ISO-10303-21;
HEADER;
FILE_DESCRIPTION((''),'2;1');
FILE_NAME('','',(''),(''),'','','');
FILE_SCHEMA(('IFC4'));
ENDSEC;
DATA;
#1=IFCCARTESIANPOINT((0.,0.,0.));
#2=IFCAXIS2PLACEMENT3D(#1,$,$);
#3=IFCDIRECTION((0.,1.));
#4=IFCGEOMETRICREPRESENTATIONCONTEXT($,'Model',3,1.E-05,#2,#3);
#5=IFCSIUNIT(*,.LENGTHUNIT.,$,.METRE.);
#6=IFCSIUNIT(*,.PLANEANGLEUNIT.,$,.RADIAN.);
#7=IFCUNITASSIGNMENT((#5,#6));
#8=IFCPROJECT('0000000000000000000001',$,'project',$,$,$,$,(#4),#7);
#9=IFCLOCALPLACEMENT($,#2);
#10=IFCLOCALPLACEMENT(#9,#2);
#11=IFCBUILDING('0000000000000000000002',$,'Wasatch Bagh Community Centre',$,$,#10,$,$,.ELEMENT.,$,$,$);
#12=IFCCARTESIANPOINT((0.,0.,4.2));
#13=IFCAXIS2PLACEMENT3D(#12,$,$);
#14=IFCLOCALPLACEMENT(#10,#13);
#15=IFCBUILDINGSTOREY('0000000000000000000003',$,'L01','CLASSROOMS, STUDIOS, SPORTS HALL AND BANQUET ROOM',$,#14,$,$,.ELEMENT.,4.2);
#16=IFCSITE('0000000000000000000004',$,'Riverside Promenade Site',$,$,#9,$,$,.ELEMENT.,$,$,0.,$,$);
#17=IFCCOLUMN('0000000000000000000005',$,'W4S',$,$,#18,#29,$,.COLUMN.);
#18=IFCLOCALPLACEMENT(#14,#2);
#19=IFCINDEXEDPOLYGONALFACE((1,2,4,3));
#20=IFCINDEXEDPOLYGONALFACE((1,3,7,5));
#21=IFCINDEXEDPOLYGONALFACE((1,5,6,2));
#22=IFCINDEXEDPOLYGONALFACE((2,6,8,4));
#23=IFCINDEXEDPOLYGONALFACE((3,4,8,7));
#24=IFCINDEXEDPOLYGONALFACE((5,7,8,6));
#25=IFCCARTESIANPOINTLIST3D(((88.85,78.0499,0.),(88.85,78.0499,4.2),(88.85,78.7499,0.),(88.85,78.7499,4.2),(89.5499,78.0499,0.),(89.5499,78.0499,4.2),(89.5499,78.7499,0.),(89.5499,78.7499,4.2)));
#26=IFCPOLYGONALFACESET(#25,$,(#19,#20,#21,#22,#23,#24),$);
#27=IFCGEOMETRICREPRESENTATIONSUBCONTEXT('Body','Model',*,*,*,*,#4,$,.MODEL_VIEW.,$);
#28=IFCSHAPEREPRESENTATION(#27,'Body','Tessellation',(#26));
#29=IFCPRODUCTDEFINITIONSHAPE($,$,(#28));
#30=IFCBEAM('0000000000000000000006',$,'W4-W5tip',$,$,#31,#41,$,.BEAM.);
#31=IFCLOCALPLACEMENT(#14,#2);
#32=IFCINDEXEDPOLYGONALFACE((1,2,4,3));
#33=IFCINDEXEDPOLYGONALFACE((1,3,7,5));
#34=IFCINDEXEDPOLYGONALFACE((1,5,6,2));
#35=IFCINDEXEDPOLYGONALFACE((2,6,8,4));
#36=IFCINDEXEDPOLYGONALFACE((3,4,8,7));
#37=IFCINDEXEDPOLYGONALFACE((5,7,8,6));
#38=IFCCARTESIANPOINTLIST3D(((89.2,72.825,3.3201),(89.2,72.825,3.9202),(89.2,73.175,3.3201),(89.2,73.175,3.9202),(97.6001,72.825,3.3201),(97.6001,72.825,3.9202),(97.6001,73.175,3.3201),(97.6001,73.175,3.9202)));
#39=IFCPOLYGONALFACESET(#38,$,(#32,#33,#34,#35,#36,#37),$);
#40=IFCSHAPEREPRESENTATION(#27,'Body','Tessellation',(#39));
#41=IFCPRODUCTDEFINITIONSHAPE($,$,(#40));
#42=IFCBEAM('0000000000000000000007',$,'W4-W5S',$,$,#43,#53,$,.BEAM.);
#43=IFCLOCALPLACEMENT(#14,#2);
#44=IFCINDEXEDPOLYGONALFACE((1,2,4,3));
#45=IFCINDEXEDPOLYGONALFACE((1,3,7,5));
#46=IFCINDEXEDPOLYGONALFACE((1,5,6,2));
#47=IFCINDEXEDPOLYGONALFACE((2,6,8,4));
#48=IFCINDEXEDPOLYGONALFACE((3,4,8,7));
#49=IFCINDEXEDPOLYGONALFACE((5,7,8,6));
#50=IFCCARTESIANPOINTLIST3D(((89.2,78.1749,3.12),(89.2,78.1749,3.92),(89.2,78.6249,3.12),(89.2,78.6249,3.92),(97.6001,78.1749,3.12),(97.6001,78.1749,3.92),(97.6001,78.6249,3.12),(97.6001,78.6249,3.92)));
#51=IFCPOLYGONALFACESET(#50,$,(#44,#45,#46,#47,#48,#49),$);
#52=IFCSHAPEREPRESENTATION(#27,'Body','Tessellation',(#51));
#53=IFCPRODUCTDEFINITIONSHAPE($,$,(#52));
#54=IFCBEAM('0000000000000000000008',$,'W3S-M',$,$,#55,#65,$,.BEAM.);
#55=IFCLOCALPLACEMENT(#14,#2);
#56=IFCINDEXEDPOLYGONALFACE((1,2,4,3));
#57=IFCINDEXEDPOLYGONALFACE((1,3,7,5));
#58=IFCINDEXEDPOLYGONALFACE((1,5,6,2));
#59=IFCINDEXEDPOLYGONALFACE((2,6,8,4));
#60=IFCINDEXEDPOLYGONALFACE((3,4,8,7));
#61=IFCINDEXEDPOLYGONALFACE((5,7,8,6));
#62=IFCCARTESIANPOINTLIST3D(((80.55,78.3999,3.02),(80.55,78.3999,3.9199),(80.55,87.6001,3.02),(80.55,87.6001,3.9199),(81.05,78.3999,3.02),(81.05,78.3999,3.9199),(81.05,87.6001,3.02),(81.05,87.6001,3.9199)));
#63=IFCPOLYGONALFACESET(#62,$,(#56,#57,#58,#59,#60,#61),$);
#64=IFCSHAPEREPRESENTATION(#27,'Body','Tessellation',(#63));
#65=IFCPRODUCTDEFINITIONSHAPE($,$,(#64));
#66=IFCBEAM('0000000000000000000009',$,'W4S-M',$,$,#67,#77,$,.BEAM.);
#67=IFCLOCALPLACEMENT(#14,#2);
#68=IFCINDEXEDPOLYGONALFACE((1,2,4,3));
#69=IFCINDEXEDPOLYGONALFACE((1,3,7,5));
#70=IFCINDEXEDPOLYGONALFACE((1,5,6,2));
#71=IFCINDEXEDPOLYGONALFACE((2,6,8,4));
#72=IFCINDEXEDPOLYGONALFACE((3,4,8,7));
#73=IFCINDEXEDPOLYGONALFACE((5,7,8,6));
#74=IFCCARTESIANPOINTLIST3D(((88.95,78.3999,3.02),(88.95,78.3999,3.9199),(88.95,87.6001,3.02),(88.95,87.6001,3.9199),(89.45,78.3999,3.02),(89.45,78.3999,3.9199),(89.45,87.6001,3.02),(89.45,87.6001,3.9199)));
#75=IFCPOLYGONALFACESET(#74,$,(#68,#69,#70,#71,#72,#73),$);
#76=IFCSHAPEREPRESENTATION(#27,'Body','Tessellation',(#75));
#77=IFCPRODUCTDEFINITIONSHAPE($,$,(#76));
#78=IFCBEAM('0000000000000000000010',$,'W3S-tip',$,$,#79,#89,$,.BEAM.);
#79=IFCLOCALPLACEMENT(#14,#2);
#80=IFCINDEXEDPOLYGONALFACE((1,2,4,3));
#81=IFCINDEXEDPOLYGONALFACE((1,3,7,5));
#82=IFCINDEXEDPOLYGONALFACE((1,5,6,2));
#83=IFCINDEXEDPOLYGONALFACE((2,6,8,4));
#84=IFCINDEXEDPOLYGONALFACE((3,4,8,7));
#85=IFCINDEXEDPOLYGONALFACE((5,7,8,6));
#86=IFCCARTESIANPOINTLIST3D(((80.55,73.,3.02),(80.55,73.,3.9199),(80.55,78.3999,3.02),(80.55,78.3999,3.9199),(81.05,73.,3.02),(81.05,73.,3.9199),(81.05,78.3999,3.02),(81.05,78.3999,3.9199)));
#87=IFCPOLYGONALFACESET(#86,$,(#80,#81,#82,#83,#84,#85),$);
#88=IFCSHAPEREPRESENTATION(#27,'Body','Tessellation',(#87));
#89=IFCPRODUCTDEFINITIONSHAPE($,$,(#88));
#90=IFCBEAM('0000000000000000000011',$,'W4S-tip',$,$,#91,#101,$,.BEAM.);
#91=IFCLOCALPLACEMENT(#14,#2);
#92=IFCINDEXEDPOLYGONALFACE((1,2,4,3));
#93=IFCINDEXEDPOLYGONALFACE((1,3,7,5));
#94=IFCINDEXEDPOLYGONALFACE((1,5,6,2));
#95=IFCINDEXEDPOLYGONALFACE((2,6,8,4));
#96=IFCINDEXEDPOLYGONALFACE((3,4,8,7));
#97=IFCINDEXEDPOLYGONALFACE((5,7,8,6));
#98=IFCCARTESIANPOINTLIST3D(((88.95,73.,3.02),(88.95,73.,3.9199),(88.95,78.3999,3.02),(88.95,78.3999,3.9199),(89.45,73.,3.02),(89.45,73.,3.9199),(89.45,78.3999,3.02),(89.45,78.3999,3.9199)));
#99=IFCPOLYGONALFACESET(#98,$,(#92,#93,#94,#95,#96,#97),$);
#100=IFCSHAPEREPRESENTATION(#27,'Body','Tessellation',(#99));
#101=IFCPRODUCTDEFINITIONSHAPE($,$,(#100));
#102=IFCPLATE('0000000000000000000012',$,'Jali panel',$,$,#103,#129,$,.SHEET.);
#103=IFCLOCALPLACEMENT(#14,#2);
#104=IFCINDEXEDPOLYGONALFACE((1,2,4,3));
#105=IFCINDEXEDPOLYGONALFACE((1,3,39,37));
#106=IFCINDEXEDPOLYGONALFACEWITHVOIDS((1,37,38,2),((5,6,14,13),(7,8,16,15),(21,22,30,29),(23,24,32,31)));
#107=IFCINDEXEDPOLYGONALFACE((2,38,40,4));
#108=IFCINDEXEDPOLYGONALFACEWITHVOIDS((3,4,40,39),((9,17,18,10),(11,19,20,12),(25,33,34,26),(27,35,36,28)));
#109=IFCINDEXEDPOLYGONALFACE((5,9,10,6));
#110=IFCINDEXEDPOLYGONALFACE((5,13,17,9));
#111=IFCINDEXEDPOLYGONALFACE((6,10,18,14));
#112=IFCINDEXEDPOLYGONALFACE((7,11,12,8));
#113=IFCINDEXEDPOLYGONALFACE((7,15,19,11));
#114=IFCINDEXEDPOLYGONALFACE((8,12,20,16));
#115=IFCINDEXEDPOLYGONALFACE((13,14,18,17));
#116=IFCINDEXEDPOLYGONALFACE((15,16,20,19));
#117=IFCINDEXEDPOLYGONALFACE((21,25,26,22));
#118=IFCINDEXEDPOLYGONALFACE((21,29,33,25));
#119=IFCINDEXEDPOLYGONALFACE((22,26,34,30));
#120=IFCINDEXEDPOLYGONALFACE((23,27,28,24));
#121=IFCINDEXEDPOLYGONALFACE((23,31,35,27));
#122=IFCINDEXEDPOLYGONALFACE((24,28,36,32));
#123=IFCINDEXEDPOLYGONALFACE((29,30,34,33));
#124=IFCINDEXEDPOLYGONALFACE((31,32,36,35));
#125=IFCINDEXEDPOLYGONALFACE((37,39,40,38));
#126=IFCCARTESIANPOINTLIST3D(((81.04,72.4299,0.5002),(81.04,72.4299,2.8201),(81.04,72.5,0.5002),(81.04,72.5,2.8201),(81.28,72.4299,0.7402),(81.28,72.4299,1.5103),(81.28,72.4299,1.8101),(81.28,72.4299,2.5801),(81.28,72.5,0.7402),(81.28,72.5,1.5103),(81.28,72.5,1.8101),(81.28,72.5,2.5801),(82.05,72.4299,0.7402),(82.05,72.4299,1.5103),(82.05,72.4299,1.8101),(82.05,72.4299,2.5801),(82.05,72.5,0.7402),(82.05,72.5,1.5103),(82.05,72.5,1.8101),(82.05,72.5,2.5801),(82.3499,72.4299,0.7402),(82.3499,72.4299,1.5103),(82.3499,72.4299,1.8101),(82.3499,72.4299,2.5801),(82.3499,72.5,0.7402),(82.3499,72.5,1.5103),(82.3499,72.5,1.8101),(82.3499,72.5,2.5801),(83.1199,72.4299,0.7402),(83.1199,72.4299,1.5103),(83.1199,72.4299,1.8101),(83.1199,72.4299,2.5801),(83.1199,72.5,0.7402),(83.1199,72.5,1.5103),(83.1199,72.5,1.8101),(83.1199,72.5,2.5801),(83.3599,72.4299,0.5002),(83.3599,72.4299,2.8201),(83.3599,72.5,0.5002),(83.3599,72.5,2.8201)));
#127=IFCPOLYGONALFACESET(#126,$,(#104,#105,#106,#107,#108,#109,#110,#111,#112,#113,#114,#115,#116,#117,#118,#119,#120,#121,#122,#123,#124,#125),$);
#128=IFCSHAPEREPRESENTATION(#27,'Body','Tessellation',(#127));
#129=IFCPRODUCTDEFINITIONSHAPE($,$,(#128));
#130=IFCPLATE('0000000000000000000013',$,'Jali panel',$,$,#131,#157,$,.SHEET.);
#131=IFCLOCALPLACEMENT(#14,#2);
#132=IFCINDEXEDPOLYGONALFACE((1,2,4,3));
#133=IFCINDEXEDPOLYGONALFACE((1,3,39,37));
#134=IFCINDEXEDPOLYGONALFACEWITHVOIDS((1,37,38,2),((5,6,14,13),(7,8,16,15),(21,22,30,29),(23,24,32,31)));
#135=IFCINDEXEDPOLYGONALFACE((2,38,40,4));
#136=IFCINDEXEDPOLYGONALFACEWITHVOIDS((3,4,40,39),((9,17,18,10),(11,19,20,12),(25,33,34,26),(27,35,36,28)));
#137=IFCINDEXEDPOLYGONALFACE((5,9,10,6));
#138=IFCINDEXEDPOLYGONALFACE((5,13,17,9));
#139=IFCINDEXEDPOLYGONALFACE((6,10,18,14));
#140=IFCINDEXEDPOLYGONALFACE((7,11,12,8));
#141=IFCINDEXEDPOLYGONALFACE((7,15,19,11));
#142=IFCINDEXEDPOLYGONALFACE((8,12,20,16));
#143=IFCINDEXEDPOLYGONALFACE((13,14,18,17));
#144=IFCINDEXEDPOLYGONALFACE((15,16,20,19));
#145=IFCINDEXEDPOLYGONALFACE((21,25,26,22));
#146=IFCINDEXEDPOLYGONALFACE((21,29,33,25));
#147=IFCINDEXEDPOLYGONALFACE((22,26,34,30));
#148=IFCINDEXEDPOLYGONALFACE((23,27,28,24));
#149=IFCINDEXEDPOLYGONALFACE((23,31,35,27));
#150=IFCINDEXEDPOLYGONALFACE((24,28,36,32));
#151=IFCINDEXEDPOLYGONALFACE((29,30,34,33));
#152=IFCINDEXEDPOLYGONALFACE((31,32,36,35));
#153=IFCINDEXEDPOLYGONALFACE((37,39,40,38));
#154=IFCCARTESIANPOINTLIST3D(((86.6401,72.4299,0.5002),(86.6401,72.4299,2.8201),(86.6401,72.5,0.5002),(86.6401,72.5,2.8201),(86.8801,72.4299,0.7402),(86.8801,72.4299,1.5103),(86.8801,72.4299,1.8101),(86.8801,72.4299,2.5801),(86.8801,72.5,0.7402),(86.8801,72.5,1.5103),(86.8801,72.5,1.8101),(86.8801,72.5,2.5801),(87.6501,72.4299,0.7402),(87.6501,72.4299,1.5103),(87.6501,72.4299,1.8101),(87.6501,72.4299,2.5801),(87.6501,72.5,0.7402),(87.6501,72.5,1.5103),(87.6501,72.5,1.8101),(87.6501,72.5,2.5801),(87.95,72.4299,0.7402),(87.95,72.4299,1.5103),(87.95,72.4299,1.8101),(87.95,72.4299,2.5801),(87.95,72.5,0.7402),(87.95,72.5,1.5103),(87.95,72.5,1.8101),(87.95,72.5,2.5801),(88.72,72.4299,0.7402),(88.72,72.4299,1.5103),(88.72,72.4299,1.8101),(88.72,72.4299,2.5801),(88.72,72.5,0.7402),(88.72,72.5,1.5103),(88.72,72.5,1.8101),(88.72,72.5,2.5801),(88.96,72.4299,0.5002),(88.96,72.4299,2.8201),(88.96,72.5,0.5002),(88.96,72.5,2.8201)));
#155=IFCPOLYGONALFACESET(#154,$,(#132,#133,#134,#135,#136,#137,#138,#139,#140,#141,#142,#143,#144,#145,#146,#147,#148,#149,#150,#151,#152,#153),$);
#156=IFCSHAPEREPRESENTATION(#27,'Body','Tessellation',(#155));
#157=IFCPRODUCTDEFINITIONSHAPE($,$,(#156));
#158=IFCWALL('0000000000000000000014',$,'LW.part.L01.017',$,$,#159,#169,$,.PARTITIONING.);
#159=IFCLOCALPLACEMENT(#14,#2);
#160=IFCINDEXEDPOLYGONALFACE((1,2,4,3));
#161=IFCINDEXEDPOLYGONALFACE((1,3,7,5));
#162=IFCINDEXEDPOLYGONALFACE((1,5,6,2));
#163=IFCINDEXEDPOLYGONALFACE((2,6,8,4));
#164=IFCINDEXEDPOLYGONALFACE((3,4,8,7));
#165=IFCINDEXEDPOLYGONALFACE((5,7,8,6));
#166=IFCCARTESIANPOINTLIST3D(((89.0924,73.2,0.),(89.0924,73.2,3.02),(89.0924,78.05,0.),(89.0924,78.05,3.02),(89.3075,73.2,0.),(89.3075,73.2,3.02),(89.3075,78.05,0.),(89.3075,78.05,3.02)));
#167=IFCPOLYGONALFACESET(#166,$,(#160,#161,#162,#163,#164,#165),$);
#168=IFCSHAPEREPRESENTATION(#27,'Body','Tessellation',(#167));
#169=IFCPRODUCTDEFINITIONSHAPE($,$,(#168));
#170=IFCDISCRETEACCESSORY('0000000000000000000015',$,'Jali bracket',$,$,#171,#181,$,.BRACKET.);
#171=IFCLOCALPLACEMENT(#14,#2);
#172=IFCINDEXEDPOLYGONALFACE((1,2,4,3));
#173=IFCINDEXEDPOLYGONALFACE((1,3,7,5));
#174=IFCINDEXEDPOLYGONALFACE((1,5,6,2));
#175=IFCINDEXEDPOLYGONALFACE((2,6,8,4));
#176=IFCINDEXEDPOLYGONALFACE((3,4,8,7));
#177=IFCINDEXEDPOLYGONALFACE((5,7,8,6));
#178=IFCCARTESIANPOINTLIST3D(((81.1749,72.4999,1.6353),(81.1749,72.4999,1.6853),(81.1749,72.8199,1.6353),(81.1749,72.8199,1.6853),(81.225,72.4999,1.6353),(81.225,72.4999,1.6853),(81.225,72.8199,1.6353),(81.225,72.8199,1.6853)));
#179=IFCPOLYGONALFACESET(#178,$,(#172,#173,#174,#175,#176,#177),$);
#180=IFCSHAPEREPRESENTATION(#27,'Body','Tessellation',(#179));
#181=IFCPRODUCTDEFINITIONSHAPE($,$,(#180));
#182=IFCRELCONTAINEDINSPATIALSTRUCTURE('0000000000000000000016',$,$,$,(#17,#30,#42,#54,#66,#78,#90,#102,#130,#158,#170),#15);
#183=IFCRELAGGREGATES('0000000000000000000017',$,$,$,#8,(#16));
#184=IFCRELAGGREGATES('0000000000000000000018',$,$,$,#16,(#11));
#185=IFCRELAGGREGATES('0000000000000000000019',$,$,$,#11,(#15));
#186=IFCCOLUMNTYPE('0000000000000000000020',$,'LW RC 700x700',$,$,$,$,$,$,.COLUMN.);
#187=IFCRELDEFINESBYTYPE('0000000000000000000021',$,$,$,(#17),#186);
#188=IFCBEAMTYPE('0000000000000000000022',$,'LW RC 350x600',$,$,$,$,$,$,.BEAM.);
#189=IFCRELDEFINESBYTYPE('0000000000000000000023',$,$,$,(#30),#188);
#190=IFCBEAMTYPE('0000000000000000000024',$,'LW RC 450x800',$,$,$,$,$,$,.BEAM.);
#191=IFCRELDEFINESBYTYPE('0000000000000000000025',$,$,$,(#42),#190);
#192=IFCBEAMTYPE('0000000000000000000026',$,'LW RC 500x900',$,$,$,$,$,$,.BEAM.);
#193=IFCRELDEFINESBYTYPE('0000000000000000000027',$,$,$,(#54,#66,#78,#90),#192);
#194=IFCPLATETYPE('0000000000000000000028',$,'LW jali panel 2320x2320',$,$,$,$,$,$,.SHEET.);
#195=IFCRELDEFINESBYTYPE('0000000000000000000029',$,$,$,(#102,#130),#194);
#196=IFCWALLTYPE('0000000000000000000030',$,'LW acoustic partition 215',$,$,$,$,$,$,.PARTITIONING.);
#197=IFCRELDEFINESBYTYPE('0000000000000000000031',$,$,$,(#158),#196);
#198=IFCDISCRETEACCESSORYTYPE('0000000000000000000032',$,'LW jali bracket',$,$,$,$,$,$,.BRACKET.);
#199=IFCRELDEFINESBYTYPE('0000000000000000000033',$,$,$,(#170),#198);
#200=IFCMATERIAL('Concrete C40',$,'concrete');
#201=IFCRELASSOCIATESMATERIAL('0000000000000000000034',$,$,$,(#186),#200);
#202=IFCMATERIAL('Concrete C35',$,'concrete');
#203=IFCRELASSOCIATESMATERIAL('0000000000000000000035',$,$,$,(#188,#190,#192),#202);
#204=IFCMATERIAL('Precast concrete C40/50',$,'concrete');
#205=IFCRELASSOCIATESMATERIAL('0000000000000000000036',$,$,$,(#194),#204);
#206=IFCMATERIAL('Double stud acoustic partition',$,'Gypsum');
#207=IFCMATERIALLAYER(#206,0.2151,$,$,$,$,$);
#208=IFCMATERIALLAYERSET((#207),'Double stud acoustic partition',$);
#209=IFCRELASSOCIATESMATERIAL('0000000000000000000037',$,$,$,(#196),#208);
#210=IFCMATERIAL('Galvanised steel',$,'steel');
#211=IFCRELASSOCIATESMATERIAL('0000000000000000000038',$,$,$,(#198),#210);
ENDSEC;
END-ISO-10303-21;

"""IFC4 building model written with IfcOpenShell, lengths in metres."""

from ifc_helpers import new_model, si_unit, direction, frame, frame_2d, origin, origin_2d, place, context, subcontext, project, spatial, polyline, rectangle, outline, extrude, material, layer, layer_set, material_profile, profile_set, type_object, element, save


model = new_model("IFC4")

# Units and contexts
model_context = context("Model", 3, precision=1e-05, world=origin(), true_north=direction((0.0, 1.0)))
body_context = subcontext(model_context, "Body", "Model", "MODEL_VIEW")
ifc_project = project(units=[si_unit("LENGTHUNIT", "METRE"), si_unit("PLANEANGLEUNIT", "RADIAN")], contexts=[model_context])

# Site, building, storey
site_placement = place(None, origin())
site = spatial("IfcSite", under=ifc_project, at=site_placement, Name="Riverside Promenade Site", CompositionType="ELEMENT", RefElevation=0.0)
building_placement = place(site_placement, origin())
building = spatial("IfcBuilding", under=site, at=building_placement, Name="Wasatch Bagh Community Centre", CompositionType="ELEMENT")
storey_placement = place(building_placement, frame((0.0, 0.0, 4.2)))
storey = spatial("IfcBuildingStorey", under=building, at=storey_placement, Name="L01", Description="CLASSROOMS, STUDIOS, SPORTS HALL AND BANQUET ROOM", CompositionType="ELEMENT", Elevation=4.2)

# Column
ifc_material_1 = material(Name="Concrete C40", Category="concrete")
ifc_material_profile_1 = material_profile(ifc_material_1, rectangle(XDim=0.7, YDim=0.7, at=origin_2d()), Name="RC 700x700")
ifc_profile_set_1 = profile_set([ifc_material_profile_1], Name="Concrete C40")
column_type = type_object("IfcColumnType", Name="LW RC 700x700", PredefinedType="COLUMN", material=ifc_profile_set_1)
column_placement = place(storey_placement, frame((89.2, 78.3999, 0.0), z_axis=(0.0, 0.0, 1.0), x_axis=(1.0, 0.0, 0.0)))
element("IfcColumn", 1, at=column_placement, inside=storey, type_object=column_type, Name="W4S", PredefinedType="COLUMN", context=body_context, shape_type="SweptSolid", body=[
    extrude(rectangle(XDim=0.7, YDim=0.7, at=origin_2d()), origin(), (0.0, 0.0, 1.0), 4.2),
])

# Beams
ifc_material_2 = material(Name="Concrete C35", Category="concrete")
ifc_material_profile_2 = material_profile(ifc_material_2, rectangle(XDim=0.3501, YDim=0.6001, at=origin_2d()), Name="RC 350x600")
ifc_profile_set_2 = profile_set([ifc_material_profile_2], Name="Concrete C35")
beam_type_1 = type_object("IfcBeamType", Name="LW RC 350x600", PredefinedType="BEAM", material=ifc_profile_set_2)
beam_1_placement = place(storey_placement, frame((89.2, 73.0, 3.6201), z_axis=(1.0, 0.0, 0.0), x_axis=(0.0, 1.0, 0.0)))
element("IfcBeam", 2, at=beam_1_placement, inside=storey, type_object=beam_type_1, Name="W4-W5tip", PredefinedType="BEAM", context=body_context, shape_type="SweptSolid", body=[
    extrude(rectangle(XDim=0.3501, YDim=0.6001, at=origin_2d()), origin(), (0.0, 0.0, 1.0), 8.4001),
])
ifc_material_profile_3 = material_profile(ifc_material_2, rectangle(XDim=0.45, YDim=0.8, at=origin_2d()), Name="RC 450x800")
ifc_profile_set_3 = profile_set([ifc_material_profile_3], Name="Concrete C35")
beam_type_2 = type_object("IfcBeamType", Name="LW RC 450x800", PredefinedType="BEAM", material=ifc_profile_set_3)
beam_2_placement = place(storey_placement, frame((89.2, 78.3999, 3.52), z_axis=(1.0, 0.0, 0.0), x_axis=(0.0, 1.0, 0.0)))
element("IfcBeam", 3, at=beam_2_placement, inside=storey, type_object=beam_type_2, Name="W4-W5S", PredefinedType="BEAM", context=body_context, shape_type="SweptSolid", body=[
    extrude(rectangle(XDim=0.45, YDim=0.8, at=origin_2d()), origin(), (0.0, 0.0, 1.0), 8.4001),
])
ifc_material_profile_4 = material_profile(ifc_material_2, rectangle(XDim=0.5, YDim=0.8999, at=origin_2d()), Name="RC 500x900")
ifc_profile_set_4 = profile_set([ifc_material_profile_4], Name="Concrete C35")
beam_type_3 = type_object("IfcBeamType", Name="LW RC 500x900", PredefinedType="BEAM", material=ifc_profile_set_4)
for number, where, z_axis, x_axis, name in (
    (4, (80.8, 78.3999, 3.47), (0.0, 1.0, 0.0), (-1.0, 0.0, 0.0), "W3S-M"),
    (5, (89.2, 78.3999, 3.47), (0.0, 1.0, 0.0), (-1.0, 0.0, 0.0), "W4S-M"),
):
    element("IfcBeam", number, at=place(storey_placement, frame(where, z_axis=z_axis, x_axis=x_axis)), inside=storey, type_object=beam_type_3, Name=name, PredefinedType="BEAM", context=body_context, shape_type="SweptSolid", body=[
        extrude(rectangle(XDim=0.5, YDim=0.8999, at=origin_2d()), origin(), (0.0, 0.0, 1.0), 9.2002),
    ])
for number, where, z_axis, x_axis, name in (
    (6, (80.8, 78.3999, 3.47), (0.0, -1.0, 0.0), (1.0, 0.0, 0.0), "W3S-tip"),
    (7, (89.2, 78.3999, 3.47), (0.0, -1.0, 0.0), (1.0, 0.0, 0.0), "W4S-tip"),
):
    element("IfcBeam", number, at=place(storey_placement, frame(where, z_axis=z_axis, x_axis=x_axis)), inside=storey, type_object=beam_type_3, Name=name, PredefinedType="BEAM", context=body_context, shape_type="SweptSolid", body=[
        extrude(rectangle(XDim=0.5, YDim=0.8999, at=origin_2d()), origin(), (0.0, 0.0, 1.0), 5.3999),
    ])

# Plates
ifc_material_3 = material(Name="Precast concrete C40/50", Category="concrete")
ifc_material_profile_5 = material_profile(ifc_material_3, outline(polyline([(-1.1599, -1.1599), (1.1599, -1.1599), (1.1599, 1.1599), (-1.1599, 1.1599), (-1.1599, -1.1599)]), holes=[polyline([(-0.9199, -0.9199), (-0.1499, -0.9199), (-0.1499, -0.1499), (-0.9199, -0.1499), (-0.9199, -0.9199)]), polyline([(-0.9199, 0.1499), (-0.1499, 0.1499), (-0.1499, 0.9199), (-0.9199, 0.9199), (-0.9199, 0.1499)]), polyline([(0.1499, -0.9199), (0.9199, -0.9199), (0.9199, -0.1499), (0.1499, -0.1499), (0.1499, -0.9199)]), polyline([(0.1499, 0.1499), (0.9199, 0.1499), (0.9199, 0.9199), (0.1499, 0.9199), (0.1499, 0.1499)])]), Name="Jali lattice")
ifc_profile_set_5 = profile_set([ifc_material_profile_5], Name="Precast concrete C40/50")
plate_type = type_object("IfcPlateType", Name="LW jali panel 2320x2320", PredefinedType="SHEET", material=ifc_profile_set_5)
for number, where, z_axis, x_axis, name in (
    (8, (82.2, 72.5, 1.6602), (0.0, -1.0, 0.0), (1.0, 0.0, 0.0), "Jali panel"),
    (9, (87.8, 72.5, 1.6602), (0.0, -1.0, 0.0), (1.0, 0.0, 0.0), "Jali panel"),
):
    element("IfcPlate", number, at=place(storey_placement, frame(where, z_axis=z_axis, x_axis=x_axis)), inside=storey, type_object=plate_type, Name=name, PredefinedType="SHEET", context=body_context, shape_type="SweptSolid", body=[
        extrude(outline(polyline([(-1.1599, -1.1599), (1.1599, -1.1599), (1.1599, 1.1599), (-1.1599, 1.1599), (-1.1599, -1.1599)]), holes=[polyline([(-0.9199, -0.9199), (-0.1499, -0.9199), (-0.1499, -0.1499), (-0.9199, -0.1499), (-0.9199, -0.9199)]), polyline([(-0.9199, 0.1499), (-0.1499, 0.1499), (-0.1499, 0.9199), (-0.9199, 0.9199), (-0.9199, 0.1499)]), polyline([(0.1499, -0.9199), (0.9199, -0.9199), (0.9199, -0.1499), (0.1499, -0.1499), (0.1499, -0.9199)]), polyline([(0.1499, 0.1499), (0.9199, 0.1499), (0.9199, 0.9199), (0.1499, 0.9199), (0.1499, 0.1499)])]), origin(), (0.0, 0.0, 1.0), 0.0701),
    ])

# Wall
ifc_material_4 = material(Name="Double stud acoustic partition", Category="Gypsum")
ifc_layer_1 = layer(ifc_material_4, 0.2151)
ifc_layer_set_1 = layer_set([ifc_layer_1], Name="Double stud acoustic partition")
wall_type_1 = type_object("IfcWallType", Name="LW acoustic partition 215", PredefinedType="PARTITIONING", material=ifc_layer_set_1)
wall_1_placement = place(storey_placement, frame((89.2, 73.2, 0.0), z_axis=(0.0, 0.0, 1.0), x_axis=(0.0, 1.0, 0.0)))
element("IfcWall", 10, at=wall_1_placement, inside=storey, type_object=wall_type_1, Name="LW.part.L01.017", PredefinedType="PARTITIONING", context=body_context, shape_type="SweptSolid", body=[
    extrude(rectangle(XDim=4.8501, YDim=0.2151, at=frame_2d((2.425, 0.0))), origin(), (0.0, 0.0, 1.0), 3.02),
])

# Discrete accessory
ifc_material_5 = material(Name="Galvanised steel", Category="steel")
discrete_accessory_type = type_object("IfcDiscreteAccessoryType", Name="LW jali bracket", PredefinedType="BRACKET", material=ifc_material_5)
for number, where, z_axis, x_axis, name in (
    (11, (81.2, 72.6599, 1.6353), (0.0, 0.0, 1.0), (1.0, 0.0, 0.0), "Jali bracket"),
):
    element("IfcDiscreteAccessory", number, at=place(storey_placement, frame(where, z_axis=z_axis, x_axis=x_axis)), inside=storey, type_object=discrete_accessory_type, Name=name, PredefinedType="BRACKET", context=body_context, shape_type="SweptSolid", body=[
        extrude(rectangle(XDim=0.05, YDim=0.3201, at=origin_2d()), origin(), (0.0, 0.0, 1.0), 0.05),
    ])

save(model, "model.ifc")
